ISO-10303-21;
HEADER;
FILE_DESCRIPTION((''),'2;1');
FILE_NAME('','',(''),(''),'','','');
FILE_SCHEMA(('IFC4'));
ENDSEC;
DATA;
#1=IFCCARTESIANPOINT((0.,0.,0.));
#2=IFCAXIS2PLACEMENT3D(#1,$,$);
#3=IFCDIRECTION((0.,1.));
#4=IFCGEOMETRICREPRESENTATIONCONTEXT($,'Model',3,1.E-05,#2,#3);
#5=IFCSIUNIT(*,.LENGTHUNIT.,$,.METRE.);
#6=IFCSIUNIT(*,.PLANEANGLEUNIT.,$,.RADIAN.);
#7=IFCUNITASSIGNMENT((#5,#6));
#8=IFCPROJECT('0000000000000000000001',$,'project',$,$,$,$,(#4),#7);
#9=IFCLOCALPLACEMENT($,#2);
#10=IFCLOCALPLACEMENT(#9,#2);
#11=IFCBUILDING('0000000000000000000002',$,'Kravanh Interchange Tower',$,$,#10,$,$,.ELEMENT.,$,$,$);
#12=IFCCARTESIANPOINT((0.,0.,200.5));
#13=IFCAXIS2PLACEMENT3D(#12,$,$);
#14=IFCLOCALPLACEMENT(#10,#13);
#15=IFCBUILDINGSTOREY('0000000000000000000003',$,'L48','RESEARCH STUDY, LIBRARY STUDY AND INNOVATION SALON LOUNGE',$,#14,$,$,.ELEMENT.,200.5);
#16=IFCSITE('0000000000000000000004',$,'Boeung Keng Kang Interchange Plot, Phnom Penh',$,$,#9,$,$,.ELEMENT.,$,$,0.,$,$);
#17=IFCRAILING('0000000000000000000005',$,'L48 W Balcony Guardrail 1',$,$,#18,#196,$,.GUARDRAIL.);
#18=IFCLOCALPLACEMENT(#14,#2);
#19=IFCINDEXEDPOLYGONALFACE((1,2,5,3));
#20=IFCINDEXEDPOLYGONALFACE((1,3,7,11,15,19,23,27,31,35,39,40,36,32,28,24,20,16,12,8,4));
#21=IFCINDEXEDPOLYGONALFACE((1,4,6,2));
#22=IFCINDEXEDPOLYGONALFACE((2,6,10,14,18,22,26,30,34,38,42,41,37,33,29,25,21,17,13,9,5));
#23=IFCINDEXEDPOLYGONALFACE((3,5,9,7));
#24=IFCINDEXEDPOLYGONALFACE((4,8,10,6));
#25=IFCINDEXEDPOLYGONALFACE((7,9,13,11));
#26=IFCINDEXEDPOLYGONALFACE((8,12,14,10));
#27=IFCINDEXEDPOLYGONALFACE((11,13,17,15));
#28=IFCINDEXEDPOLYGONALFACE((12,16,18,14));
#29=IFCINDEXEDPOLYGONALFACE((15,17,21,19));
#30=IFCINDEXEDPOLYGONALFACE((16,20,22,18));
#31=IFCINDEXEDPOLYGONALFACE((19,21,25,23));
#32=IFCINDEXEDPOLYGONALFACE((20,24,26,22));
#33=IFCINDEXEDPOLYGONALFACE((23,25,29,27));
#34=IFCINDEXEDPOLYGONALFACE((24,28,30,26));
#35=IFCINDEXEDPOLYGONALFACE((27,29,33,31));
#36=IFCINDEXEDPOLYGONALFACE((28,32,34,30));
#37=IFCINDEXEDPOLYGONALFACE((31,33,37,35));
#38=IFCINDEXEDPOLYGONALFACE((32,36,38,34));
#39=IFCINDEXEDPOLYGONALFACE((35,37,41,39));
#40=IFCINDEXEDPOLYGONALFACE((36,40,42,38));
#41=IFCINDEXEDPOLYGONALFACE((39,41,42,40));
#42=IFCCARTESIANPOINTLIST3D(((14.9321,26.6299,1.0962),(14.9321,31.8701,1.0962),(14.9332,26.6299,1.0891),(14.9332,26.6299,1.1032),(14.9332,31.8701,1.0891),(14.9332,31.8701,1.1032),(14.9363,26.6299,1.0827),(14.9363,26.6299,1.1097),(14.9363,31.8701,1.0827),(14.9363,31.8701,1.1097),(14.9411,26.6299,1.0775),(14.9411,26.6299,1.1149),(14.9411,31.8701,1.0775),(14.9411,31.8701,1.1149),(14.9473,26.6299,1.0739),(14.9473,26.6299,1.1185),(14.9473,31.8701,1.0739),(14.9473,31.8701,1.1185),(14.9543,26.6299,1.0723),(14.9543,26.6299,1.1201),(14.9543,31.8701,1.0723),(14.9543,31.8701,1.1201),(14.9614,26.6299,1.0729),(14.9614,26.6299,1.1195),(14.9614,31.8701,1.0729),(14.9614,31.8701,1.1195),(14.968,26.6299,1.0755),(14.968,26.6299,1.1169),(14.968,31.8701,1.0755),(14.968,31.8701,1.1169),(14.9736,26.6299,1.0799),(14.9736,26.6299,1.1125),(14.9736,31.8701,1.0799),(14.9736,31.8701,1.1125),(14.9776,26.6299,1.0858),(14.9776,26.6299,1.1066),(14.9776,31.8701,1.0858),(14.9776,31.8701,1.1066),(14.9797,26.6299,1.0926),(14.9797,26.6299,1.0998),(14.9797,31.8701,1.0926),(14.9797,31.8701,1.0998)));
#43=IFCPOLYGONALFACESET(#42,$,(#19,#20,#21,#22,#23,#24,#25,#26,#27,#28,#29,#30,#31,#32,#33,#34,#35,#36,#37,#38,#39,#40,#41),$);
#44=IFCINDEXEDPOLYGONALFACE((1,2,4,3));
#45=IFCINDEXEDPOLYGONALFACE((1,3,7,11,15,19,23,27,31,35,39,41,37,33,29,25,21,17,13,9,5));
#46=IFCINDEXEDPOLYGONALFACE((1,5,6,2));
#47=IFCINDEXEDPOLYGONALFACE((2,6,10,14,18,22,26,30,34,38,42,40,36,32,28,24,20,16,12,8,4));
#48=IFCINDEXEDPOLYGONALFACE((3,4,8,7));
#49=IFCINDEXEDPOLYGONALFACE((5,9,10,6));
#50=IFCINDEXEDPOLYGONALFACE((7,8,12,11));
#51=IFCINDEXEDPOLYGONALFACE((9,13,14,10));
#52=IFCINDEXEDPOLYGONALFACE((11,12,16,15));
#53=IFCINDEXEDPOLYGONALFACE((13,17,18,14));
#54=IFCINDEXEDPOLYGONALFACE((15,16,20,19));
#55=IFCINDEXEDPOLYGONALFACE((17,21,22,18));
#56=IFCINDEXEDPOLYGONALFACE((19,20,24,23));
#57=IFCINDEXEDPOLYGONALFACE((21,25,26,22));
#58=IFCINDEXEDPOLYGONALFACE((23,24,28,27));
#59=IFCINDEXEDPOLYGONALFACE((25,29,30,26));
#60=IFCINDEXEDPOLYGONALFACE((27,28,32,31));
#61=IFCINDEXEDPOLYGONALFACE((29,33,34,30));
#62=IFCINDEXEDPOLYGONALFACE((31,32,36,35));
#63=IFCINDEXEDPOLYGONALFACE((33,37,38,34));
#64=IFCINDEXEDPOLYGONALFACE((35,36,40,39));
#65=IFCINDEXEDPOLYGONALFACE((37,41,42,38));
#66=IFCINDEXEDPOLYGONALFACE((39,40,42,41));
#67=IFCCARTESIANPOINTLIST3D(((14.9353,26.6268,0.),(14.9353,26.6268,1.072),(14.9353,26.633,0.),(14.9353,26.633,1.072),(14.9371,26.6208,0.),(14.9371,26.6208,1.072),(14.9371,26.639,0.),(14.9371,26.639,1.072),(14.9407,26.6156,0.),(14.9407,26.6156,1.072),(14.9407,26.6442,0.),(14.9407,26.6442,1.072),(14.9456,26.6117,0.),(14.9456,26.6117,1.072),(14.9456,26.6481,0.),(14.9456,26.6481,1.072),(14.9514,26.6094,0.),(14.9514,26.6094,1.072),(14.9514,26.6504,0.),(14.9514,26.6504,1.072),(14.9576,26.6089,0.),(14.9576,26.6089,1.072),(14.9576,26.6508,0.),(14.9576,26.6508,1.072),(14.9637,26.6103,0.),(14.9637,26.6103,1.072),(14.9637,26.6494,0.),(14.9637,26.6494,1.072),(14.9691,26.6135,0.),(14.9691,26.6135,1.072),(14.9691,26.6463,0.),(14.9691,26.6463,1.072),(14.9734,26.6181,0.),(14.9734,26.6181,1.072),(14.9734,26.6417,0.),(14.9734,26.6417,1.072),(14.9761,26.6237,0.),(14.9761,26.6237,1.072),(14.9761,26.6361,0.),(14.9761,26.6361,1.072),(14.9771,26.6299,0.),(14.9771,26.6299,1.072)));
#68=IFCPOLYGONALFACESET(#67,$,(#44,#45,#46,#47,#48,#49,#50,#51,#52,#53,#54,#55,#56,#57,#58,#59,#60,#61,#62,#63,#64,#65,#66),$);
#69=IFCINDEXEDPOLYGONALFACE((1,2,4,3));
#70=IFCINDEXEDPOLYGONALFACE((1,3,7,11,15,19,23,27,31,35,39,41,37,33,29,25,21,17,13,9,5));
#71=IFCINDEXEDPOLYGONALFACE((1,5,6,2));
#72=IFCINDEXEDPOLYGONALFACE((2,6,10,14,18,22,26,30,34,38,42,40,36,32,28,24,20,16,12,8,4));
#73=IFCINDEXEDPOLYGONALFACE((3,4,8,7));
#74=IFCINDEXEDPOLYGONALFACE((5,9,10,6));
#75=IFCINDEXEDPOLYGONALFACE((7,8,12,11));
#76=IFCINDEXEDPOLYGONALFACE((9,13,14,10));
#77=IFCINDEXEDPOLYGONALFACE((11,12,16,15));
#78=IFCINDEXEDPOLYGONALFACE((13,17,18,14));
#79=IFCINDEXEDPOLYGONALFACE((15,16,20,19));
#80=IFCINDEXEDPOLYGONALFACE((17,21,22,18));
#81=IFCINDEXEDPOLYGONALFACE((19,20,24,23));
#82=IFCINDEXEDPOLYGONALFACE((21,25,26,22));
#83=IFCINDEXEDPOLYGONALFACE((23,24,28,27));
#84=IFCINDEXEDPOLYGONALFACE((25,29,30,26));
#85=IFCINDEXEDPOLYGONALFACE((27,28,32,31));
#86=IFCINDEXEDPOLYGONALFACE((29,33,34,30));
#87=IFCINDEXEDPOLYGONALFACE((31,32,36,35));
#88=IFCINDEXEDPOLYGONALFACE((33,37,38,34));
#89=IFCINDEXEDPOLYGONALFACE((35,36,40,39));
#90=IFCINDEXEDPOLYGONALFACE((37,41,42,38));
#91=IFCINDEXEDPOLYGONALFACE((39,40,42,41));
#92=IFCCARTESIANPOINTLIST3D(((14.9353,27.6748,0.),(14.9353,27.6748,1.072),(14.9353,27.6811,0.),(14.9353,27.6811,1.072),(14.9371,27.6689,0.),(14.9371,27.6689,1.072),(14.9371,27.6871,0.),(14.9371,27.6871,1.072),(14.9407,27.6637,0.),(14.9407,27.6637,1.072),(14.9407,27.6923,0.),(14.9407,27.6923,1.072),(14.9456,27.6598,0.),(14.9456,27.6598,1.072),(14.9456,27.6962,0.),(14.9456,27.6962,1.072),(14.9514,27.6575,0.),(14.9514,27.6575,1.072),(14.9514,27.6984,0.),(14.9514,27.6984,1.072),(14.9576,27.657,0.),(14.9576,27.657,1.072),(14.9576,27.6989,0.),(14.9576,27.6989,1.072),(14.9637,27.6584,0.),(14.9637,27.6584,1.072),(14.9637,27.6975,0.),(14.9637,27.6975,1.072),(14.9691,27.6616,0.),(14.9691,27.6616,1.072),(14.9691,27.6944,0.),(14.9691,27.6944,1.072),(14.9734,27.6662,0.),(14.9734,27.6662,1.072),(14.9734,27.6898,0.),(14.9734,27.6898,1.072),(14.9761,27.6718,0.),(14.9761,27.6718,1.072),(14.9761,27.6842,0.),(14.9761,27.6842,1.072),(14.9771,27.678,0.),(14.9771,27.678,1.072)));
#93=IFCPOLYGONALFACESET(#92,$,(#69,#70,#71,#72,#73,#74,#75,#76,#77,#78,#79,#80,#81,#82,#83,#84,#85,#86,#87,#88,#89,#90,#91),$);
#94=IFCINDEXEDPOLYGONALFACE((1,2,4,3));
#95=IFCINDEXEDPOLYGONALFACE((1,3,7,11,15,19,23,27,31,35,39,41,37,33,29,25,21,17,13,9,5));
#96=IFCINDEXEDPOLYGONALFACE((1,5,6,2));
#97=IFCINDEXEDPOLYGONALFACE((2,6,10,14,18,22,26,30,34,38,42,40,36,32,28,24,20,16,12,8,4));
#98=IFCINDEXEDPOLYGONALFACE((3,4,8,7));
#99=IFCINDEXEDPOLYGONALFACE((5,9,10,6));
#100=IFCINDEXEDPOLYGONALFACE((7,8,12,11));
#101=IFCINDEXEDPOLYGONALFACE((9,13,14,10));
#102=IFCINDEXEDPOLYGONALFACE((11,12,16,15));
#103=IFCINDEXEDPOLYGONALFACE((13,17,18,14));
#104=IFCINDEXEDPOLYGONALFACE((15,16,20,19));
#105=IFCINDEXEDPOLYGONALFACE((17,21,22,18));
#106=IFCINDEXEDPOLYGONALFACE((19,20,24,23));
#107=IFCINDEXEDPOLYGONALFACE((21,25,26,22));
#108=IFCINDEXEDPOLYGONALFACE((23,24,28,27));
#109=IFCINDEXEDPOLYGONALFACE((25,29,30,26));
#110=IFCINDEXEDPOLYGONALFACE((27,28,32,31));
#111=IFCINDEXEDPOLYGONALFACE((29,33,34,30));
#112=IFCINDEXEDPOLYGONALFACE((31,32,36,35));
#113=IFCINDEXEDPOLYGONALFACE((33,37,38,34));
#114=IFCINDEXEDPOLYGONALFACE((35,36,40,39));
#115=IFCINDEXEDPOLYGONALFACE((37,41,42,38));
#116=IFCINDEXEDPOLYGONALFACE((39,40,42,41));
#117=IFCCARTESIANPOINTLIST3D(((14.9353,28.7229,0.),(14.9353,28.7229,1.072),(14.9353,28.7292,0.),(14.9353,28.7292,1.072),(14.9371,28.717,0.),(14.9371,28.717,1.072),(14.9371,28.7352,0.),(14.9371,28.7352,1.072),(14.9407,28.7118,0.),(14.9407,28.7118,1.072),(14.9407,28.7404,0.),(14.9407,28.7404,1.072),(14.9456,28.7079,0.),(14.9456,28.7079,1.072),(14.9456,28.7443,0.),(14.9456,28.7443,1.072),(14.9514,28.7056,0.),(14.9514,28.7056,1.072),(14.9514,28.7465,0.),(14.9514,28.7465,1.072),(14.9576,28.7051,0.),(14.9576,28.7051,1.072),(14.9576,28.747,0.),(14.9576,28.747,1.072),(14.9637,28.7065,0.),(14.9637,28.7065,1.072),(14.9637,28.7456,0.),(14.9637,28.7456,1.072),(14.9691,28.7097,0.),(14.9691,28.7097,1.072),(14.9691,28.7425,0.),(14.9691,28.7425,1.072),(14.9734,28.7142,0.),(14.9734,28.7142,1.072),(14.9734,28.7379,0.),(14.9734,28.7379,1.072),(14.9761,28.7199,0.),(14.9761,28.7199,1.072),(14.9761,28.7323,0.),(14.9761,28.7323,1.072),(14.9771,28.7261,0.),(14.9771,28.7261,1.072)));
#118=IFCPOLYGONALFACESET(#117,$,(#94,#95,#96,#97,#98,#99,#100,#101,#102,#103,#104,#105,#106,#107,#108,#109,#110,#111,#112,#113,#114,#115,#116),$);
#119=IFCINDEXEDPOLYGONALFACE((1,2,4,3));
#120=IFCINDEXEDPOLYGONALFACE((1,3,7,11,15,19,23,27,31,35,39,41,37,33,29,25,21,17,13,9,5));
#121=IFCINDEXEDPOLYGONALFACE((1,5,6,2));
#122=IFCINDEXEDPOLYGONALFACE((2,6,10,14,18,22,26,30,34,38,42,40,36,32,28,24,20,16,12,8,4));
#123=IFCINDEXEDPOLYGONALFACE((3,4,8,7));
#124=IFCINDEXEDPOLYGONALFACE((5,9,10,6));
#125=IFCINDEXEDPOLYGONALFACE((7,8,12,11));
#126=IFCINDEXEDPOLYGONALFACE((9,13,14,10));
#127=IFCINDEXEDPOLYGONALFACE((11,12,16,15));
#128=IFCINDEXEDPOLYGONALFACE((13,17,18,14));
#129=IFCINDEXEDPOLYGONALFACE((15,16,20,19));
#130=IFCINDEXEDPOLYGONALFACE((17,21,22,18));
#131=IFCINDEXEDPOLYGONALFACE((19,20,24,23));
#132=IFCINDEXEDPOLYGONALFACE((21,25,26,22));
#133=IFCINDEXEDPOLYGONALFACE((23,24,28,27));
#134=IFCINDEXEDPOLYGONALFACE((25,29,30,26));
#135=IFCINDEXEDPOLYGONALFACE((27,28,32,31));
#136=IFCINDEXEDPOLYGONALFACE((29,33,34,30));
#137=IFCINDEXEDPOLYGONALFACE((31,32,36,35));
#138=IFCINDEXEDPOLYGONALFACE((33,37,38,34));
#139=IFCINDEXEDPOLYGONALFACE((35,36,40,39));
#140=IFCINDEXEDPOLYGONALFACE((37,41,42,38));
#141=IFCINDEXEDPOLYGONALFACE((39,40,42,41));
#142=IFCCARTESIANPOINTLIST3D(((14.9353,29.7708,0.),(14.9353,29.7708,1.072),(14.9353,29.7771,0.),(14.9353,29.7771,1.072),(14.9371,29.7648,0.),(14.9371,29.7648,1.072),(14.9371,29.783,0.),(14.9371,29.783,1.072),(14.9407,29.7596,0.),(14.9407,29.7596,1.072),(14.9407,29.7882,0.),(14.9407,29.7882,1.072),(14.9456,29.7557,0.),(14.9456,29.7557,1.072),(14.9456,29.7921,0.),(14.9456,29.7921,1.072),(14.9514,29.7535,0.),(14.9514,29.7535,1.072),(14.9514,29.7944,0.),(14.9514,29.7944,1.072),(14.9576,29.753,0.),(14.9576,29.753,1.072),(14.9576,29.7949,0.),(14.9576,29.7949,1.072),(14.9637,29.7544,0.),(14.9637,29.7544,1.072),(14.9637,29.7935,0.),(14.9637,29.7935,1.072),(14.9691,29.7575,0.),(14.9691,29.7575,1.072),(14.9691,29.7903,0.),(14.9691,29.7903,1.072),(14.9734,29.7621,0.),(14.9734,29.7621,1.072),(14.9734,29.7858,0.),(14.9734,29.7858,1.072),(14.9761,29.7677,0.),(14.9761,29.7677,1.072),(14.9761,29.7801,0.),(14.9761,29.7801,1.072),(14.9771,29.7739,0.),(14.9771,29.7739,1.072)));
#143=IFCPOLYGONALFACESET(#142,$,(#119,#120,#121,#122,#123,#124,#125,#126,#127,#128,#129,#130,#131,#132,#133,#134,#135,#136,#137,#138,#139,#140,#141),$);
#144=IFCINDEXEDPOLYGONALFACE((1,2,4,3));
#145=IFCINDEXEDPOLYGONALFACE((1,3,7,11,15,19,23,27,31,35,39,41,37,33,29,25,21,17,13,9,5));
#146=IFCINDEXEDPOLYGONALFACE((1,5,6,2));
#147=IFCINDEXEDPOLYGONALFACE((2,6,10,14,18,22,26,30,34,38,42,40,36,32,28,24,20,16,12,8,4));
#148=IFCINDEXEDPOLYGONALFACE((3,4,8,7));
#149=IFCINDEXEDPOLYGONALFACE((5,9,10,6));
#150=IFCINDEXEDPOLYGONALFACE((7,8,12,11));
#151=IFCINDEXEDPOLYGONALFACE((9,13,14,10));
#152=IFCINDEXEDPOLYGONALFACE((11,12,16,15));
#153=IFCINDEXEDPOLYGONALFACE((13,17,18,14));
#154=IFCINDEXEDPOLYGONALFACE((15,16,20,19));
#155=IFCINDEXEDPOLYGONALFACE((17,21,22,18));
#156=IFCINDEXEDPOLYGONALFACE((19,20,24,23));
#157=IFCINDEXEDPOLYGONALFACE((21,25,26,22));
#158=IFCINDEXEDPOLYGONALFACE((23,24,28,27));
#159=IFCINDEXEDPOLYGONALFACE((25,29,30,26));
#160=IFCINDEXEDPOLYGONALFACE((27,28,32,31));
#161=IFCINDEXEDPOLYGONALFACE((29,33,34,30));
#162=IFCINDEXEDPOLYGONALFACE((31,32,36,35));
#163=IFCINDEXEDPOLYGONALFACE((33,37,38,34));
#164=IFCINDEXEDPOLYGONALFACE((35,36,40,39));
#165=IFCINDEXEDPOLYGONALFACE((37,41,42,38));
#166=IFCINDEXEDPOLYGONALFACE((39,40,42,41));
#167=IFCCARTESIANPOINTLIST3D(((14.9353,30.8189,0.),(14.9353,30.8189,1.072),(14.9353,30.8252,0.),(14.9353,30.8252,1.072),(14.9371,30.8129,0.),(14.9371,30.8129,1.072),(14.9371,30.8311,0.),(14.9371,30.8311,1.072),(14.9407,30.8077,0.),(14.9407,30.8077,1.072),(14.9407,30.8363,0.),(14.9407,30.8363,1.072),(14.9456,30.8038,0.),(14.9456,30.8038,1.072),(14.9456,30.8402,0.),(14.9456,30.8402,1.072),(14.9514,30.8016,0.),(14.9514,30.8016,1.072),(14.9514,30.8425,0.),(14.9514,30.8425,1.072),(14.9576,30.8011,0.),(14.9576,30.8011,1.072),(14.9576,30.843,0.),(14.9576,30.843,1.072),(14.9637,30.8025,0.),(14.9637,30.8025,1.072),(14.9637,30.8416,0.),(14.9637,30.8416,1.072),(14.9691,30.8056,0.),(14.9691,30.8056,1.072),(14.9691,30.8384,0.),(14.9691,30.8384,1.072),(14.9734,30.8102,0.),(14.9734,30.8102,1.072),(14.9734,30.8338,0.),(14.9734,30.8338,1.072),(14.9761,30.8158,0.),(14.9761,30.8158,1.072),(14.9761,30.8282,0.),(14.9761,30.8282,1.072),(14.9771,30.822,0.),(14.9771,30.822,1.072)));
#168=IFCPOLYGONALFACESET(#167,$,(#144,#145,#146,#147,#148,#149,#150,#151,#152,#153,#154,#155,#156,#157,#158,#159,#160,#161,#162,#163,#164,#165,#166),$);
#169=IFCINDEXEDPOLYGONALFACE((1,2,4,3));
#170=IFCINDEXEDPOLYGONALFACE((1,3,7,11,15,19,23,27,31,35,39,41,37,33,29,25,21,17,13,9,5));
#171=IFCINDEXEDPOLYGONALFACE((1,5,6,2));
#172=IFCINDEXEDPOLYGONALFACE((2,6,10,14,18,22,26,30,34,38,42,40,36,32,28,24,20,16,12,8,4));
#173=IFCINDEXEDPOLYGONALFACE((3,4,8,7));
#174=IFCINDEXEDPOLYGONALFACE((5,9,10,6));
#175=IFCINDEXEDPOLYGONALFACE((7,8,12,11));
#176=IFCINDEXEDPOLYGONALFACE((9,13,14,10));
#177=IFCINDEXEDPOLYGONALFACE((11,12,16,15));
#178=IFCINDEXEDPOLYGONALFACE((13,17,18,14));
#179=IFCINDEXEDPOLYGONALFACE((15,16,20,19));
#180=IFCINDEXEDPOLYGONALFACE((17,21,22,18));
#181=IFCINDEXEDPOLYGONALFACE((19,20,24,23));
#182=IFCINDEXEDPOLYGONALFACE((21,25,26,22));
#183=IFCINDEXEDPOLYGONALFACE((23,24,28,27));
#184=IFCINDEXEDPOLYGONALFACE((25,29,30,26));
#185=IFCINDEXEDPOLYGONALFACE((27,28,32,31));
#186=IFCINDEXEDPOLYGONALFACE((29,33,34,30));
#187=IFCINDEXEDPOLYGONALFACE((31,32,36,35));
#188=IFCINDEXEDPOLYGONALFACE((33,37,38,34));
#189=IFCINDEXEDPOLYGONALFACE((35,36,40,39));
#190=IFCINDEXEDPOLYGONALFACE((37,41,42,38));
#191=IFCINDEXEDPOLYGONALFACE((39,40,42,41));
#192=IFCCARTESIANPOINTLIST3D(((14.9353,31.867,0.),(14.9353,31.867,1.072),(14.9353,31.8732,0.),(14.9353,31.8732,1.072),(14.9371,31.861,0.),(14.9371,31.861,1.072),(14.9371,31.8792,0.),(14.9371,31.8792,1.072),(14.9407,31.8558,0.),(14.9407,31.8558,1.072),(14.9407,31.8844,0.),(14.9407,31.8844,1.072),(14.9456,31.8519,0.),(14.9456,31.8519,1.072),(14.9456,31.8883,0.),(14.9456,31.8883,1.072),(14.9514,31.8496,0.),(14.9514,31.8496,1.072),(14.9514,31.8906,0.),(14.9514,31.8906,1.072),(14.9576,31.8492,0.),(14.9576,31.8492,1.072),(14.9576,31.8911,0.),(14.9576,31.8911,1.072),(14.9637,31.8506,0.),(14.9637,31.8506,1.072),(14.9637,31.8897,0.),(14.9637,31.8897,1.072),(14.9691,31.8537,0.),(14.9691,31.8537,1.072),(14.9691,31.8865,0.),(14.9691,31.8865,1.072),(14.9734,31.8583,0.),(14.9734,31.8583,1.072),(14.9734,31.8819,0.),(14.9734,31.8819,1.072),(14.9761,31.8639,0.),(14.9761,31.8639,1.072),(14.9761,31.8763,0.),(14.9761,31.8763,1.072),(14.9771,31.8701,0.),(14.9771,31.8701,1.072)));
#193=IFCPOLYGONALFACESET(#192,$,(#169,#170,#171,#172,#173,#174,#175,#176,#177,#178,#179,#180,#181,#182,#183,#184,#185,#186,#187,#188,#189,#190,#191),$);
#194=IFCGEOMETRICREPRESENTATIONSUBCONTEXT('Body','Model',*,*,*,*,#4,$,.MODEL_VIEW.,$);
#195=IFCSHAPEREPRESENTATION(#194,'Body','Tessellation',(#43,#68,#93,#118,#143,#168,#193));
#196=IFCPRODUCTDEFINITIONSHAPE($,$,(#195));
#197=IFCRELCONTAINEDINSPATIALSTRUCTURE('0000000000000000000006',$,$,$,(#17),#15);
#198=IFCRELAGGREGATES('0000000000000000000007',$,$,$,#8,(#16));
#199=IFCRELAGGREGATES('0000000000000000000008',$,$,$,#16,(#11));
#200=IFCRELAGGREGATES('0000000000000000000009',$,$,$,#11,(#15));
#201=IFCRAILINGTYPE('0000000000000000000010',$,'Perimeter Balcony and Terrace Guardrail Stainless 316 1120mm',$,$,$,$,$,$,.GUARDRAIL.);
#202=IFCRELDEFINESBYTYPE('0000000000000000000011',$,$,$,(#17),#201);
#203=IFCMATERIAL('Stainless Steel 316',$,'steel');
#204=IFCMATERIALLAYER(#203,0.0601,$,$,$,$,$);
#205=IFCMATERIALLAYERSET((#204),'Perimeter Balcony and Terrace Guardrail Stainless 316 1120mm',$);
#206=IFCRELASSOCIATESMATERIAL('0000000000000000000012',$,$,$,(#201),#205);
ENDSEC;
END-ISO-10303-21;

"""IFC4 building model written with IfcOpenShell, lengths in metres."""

from ifc_helpers import new_model, si_unit, direction, frame, origin, origin_2d, place, context, subcontext, project, spatial, circle, extrude, material, layer, layer_set, type_object, element, save


model = new_model("IFC4")

# Units and contexts
model_context = context("Model", 3, precision=1e-05, world=origin(), true_north=direction((0.0, 1.0)))
body_context = subcontext(model_context, "Body", "Model", "MODEL_VIEW")
ifc_project = project(units=[si_unit("LENGTHUNIT", "METRE"), si_unit("PLANEANGLEUNIT", "RADIAN")], contexts=[model_context])

# Site, building, storey
site_placement = place(None, origin())
site = spatial("IfcSite", under=ifc_project, at=site_placement, Name="Boeung Keng Kang Interchange Plot, Phnom Penh", CompositionType="ELEMENT", RefElevation=0.0)
building_placement = place(site_placement, origin())
building = spatial("IfcBuilding", under=site, at=building_placement, Name="Kravanh Interchange Tower", CompositionType="ELEMENT")
storey_placement = place(building_placement, frame((0.0, 0.0, 200.5)))
storey = spatial("IfcBuildingStorey", under=building, at=storey_placement, Name="L48", Description="RESEARCH STUDY, LIBRARY STUDY AND INNOVATION SALON LOUNGE", CompositionType="ELEMENT", Elevation=200.5)

# Railing
ifc_material_1 = material(Name="Stainless Steel 316", Category="steel")
ifc_layer_1 = layer(ifc_material_1, 0.0601)
ifc_layer_set_1 = layer_set([ifc_layer_1], Name="Perimeter Balcony and Terrace Guardrail Stainless 316 1120mm")
railing_type = type_object("IfcRailingType", Name="Perimeter Balcony and Terrace Guardrail Stainless 316 1120mm", PredefinedType="GUARDRAIL", material=ifc_layer_set_1)
railing_1_placement = place(storey_placement, frame((14.9561, 26.6299, 0.0)))
element("IfcRailing", 1, at=railing_1_placement, inside=storey, type_object=railing_type, Name="L48 W Balcony Guardrail 1", PredefinedType="GUARDRAIL", context=body_context, shape_type="SweptSolid", body=[
    extrude(circle(Radius=0.0239, at=origin_2d()), frame((0.0, 0.0, 1.0962), z_axis=(0.0, 1.0, 0.0), x_axis=(-1.0, 0.0, 0.0)), (0.0, 0.0, 1.0), 5.2402),
    extrude(circle(Radius=0.021, at=origin_2d()), origin(), (0.0, 0.0, 1.0), 1.072),
    extrude(circle(Radius=0.021, at=origin_2d()), frame((0.0, 1.0481, 0.0)), (0.0, 0.0, 1.0), 1.072),
    extrude(circle(Radius=0.021, at=origin_2d()), frame((0.0, 2.0962, 0.0)), (0.0, 0.0, 1.0), 1.072),
    extrude(circle(Radius=0.021, at=origin_2d()), frame((0.0, 3.144, 0.0)), (0.0, 0.0, 1.0), 1.072),
    extrude(circle(Radius=0.021, at=origin_2d()), frame((0.0, 4.1921, 0.0)), (0.0, 0.0, 1.0), 1.072),
    extrude(circle(Radius=0.021, at=origin_2d()), frame((0.0, 5.2402, 0.0)), (0.0, 0.0, 1.0), 1.072),
])

save(model, "model.ifc")
